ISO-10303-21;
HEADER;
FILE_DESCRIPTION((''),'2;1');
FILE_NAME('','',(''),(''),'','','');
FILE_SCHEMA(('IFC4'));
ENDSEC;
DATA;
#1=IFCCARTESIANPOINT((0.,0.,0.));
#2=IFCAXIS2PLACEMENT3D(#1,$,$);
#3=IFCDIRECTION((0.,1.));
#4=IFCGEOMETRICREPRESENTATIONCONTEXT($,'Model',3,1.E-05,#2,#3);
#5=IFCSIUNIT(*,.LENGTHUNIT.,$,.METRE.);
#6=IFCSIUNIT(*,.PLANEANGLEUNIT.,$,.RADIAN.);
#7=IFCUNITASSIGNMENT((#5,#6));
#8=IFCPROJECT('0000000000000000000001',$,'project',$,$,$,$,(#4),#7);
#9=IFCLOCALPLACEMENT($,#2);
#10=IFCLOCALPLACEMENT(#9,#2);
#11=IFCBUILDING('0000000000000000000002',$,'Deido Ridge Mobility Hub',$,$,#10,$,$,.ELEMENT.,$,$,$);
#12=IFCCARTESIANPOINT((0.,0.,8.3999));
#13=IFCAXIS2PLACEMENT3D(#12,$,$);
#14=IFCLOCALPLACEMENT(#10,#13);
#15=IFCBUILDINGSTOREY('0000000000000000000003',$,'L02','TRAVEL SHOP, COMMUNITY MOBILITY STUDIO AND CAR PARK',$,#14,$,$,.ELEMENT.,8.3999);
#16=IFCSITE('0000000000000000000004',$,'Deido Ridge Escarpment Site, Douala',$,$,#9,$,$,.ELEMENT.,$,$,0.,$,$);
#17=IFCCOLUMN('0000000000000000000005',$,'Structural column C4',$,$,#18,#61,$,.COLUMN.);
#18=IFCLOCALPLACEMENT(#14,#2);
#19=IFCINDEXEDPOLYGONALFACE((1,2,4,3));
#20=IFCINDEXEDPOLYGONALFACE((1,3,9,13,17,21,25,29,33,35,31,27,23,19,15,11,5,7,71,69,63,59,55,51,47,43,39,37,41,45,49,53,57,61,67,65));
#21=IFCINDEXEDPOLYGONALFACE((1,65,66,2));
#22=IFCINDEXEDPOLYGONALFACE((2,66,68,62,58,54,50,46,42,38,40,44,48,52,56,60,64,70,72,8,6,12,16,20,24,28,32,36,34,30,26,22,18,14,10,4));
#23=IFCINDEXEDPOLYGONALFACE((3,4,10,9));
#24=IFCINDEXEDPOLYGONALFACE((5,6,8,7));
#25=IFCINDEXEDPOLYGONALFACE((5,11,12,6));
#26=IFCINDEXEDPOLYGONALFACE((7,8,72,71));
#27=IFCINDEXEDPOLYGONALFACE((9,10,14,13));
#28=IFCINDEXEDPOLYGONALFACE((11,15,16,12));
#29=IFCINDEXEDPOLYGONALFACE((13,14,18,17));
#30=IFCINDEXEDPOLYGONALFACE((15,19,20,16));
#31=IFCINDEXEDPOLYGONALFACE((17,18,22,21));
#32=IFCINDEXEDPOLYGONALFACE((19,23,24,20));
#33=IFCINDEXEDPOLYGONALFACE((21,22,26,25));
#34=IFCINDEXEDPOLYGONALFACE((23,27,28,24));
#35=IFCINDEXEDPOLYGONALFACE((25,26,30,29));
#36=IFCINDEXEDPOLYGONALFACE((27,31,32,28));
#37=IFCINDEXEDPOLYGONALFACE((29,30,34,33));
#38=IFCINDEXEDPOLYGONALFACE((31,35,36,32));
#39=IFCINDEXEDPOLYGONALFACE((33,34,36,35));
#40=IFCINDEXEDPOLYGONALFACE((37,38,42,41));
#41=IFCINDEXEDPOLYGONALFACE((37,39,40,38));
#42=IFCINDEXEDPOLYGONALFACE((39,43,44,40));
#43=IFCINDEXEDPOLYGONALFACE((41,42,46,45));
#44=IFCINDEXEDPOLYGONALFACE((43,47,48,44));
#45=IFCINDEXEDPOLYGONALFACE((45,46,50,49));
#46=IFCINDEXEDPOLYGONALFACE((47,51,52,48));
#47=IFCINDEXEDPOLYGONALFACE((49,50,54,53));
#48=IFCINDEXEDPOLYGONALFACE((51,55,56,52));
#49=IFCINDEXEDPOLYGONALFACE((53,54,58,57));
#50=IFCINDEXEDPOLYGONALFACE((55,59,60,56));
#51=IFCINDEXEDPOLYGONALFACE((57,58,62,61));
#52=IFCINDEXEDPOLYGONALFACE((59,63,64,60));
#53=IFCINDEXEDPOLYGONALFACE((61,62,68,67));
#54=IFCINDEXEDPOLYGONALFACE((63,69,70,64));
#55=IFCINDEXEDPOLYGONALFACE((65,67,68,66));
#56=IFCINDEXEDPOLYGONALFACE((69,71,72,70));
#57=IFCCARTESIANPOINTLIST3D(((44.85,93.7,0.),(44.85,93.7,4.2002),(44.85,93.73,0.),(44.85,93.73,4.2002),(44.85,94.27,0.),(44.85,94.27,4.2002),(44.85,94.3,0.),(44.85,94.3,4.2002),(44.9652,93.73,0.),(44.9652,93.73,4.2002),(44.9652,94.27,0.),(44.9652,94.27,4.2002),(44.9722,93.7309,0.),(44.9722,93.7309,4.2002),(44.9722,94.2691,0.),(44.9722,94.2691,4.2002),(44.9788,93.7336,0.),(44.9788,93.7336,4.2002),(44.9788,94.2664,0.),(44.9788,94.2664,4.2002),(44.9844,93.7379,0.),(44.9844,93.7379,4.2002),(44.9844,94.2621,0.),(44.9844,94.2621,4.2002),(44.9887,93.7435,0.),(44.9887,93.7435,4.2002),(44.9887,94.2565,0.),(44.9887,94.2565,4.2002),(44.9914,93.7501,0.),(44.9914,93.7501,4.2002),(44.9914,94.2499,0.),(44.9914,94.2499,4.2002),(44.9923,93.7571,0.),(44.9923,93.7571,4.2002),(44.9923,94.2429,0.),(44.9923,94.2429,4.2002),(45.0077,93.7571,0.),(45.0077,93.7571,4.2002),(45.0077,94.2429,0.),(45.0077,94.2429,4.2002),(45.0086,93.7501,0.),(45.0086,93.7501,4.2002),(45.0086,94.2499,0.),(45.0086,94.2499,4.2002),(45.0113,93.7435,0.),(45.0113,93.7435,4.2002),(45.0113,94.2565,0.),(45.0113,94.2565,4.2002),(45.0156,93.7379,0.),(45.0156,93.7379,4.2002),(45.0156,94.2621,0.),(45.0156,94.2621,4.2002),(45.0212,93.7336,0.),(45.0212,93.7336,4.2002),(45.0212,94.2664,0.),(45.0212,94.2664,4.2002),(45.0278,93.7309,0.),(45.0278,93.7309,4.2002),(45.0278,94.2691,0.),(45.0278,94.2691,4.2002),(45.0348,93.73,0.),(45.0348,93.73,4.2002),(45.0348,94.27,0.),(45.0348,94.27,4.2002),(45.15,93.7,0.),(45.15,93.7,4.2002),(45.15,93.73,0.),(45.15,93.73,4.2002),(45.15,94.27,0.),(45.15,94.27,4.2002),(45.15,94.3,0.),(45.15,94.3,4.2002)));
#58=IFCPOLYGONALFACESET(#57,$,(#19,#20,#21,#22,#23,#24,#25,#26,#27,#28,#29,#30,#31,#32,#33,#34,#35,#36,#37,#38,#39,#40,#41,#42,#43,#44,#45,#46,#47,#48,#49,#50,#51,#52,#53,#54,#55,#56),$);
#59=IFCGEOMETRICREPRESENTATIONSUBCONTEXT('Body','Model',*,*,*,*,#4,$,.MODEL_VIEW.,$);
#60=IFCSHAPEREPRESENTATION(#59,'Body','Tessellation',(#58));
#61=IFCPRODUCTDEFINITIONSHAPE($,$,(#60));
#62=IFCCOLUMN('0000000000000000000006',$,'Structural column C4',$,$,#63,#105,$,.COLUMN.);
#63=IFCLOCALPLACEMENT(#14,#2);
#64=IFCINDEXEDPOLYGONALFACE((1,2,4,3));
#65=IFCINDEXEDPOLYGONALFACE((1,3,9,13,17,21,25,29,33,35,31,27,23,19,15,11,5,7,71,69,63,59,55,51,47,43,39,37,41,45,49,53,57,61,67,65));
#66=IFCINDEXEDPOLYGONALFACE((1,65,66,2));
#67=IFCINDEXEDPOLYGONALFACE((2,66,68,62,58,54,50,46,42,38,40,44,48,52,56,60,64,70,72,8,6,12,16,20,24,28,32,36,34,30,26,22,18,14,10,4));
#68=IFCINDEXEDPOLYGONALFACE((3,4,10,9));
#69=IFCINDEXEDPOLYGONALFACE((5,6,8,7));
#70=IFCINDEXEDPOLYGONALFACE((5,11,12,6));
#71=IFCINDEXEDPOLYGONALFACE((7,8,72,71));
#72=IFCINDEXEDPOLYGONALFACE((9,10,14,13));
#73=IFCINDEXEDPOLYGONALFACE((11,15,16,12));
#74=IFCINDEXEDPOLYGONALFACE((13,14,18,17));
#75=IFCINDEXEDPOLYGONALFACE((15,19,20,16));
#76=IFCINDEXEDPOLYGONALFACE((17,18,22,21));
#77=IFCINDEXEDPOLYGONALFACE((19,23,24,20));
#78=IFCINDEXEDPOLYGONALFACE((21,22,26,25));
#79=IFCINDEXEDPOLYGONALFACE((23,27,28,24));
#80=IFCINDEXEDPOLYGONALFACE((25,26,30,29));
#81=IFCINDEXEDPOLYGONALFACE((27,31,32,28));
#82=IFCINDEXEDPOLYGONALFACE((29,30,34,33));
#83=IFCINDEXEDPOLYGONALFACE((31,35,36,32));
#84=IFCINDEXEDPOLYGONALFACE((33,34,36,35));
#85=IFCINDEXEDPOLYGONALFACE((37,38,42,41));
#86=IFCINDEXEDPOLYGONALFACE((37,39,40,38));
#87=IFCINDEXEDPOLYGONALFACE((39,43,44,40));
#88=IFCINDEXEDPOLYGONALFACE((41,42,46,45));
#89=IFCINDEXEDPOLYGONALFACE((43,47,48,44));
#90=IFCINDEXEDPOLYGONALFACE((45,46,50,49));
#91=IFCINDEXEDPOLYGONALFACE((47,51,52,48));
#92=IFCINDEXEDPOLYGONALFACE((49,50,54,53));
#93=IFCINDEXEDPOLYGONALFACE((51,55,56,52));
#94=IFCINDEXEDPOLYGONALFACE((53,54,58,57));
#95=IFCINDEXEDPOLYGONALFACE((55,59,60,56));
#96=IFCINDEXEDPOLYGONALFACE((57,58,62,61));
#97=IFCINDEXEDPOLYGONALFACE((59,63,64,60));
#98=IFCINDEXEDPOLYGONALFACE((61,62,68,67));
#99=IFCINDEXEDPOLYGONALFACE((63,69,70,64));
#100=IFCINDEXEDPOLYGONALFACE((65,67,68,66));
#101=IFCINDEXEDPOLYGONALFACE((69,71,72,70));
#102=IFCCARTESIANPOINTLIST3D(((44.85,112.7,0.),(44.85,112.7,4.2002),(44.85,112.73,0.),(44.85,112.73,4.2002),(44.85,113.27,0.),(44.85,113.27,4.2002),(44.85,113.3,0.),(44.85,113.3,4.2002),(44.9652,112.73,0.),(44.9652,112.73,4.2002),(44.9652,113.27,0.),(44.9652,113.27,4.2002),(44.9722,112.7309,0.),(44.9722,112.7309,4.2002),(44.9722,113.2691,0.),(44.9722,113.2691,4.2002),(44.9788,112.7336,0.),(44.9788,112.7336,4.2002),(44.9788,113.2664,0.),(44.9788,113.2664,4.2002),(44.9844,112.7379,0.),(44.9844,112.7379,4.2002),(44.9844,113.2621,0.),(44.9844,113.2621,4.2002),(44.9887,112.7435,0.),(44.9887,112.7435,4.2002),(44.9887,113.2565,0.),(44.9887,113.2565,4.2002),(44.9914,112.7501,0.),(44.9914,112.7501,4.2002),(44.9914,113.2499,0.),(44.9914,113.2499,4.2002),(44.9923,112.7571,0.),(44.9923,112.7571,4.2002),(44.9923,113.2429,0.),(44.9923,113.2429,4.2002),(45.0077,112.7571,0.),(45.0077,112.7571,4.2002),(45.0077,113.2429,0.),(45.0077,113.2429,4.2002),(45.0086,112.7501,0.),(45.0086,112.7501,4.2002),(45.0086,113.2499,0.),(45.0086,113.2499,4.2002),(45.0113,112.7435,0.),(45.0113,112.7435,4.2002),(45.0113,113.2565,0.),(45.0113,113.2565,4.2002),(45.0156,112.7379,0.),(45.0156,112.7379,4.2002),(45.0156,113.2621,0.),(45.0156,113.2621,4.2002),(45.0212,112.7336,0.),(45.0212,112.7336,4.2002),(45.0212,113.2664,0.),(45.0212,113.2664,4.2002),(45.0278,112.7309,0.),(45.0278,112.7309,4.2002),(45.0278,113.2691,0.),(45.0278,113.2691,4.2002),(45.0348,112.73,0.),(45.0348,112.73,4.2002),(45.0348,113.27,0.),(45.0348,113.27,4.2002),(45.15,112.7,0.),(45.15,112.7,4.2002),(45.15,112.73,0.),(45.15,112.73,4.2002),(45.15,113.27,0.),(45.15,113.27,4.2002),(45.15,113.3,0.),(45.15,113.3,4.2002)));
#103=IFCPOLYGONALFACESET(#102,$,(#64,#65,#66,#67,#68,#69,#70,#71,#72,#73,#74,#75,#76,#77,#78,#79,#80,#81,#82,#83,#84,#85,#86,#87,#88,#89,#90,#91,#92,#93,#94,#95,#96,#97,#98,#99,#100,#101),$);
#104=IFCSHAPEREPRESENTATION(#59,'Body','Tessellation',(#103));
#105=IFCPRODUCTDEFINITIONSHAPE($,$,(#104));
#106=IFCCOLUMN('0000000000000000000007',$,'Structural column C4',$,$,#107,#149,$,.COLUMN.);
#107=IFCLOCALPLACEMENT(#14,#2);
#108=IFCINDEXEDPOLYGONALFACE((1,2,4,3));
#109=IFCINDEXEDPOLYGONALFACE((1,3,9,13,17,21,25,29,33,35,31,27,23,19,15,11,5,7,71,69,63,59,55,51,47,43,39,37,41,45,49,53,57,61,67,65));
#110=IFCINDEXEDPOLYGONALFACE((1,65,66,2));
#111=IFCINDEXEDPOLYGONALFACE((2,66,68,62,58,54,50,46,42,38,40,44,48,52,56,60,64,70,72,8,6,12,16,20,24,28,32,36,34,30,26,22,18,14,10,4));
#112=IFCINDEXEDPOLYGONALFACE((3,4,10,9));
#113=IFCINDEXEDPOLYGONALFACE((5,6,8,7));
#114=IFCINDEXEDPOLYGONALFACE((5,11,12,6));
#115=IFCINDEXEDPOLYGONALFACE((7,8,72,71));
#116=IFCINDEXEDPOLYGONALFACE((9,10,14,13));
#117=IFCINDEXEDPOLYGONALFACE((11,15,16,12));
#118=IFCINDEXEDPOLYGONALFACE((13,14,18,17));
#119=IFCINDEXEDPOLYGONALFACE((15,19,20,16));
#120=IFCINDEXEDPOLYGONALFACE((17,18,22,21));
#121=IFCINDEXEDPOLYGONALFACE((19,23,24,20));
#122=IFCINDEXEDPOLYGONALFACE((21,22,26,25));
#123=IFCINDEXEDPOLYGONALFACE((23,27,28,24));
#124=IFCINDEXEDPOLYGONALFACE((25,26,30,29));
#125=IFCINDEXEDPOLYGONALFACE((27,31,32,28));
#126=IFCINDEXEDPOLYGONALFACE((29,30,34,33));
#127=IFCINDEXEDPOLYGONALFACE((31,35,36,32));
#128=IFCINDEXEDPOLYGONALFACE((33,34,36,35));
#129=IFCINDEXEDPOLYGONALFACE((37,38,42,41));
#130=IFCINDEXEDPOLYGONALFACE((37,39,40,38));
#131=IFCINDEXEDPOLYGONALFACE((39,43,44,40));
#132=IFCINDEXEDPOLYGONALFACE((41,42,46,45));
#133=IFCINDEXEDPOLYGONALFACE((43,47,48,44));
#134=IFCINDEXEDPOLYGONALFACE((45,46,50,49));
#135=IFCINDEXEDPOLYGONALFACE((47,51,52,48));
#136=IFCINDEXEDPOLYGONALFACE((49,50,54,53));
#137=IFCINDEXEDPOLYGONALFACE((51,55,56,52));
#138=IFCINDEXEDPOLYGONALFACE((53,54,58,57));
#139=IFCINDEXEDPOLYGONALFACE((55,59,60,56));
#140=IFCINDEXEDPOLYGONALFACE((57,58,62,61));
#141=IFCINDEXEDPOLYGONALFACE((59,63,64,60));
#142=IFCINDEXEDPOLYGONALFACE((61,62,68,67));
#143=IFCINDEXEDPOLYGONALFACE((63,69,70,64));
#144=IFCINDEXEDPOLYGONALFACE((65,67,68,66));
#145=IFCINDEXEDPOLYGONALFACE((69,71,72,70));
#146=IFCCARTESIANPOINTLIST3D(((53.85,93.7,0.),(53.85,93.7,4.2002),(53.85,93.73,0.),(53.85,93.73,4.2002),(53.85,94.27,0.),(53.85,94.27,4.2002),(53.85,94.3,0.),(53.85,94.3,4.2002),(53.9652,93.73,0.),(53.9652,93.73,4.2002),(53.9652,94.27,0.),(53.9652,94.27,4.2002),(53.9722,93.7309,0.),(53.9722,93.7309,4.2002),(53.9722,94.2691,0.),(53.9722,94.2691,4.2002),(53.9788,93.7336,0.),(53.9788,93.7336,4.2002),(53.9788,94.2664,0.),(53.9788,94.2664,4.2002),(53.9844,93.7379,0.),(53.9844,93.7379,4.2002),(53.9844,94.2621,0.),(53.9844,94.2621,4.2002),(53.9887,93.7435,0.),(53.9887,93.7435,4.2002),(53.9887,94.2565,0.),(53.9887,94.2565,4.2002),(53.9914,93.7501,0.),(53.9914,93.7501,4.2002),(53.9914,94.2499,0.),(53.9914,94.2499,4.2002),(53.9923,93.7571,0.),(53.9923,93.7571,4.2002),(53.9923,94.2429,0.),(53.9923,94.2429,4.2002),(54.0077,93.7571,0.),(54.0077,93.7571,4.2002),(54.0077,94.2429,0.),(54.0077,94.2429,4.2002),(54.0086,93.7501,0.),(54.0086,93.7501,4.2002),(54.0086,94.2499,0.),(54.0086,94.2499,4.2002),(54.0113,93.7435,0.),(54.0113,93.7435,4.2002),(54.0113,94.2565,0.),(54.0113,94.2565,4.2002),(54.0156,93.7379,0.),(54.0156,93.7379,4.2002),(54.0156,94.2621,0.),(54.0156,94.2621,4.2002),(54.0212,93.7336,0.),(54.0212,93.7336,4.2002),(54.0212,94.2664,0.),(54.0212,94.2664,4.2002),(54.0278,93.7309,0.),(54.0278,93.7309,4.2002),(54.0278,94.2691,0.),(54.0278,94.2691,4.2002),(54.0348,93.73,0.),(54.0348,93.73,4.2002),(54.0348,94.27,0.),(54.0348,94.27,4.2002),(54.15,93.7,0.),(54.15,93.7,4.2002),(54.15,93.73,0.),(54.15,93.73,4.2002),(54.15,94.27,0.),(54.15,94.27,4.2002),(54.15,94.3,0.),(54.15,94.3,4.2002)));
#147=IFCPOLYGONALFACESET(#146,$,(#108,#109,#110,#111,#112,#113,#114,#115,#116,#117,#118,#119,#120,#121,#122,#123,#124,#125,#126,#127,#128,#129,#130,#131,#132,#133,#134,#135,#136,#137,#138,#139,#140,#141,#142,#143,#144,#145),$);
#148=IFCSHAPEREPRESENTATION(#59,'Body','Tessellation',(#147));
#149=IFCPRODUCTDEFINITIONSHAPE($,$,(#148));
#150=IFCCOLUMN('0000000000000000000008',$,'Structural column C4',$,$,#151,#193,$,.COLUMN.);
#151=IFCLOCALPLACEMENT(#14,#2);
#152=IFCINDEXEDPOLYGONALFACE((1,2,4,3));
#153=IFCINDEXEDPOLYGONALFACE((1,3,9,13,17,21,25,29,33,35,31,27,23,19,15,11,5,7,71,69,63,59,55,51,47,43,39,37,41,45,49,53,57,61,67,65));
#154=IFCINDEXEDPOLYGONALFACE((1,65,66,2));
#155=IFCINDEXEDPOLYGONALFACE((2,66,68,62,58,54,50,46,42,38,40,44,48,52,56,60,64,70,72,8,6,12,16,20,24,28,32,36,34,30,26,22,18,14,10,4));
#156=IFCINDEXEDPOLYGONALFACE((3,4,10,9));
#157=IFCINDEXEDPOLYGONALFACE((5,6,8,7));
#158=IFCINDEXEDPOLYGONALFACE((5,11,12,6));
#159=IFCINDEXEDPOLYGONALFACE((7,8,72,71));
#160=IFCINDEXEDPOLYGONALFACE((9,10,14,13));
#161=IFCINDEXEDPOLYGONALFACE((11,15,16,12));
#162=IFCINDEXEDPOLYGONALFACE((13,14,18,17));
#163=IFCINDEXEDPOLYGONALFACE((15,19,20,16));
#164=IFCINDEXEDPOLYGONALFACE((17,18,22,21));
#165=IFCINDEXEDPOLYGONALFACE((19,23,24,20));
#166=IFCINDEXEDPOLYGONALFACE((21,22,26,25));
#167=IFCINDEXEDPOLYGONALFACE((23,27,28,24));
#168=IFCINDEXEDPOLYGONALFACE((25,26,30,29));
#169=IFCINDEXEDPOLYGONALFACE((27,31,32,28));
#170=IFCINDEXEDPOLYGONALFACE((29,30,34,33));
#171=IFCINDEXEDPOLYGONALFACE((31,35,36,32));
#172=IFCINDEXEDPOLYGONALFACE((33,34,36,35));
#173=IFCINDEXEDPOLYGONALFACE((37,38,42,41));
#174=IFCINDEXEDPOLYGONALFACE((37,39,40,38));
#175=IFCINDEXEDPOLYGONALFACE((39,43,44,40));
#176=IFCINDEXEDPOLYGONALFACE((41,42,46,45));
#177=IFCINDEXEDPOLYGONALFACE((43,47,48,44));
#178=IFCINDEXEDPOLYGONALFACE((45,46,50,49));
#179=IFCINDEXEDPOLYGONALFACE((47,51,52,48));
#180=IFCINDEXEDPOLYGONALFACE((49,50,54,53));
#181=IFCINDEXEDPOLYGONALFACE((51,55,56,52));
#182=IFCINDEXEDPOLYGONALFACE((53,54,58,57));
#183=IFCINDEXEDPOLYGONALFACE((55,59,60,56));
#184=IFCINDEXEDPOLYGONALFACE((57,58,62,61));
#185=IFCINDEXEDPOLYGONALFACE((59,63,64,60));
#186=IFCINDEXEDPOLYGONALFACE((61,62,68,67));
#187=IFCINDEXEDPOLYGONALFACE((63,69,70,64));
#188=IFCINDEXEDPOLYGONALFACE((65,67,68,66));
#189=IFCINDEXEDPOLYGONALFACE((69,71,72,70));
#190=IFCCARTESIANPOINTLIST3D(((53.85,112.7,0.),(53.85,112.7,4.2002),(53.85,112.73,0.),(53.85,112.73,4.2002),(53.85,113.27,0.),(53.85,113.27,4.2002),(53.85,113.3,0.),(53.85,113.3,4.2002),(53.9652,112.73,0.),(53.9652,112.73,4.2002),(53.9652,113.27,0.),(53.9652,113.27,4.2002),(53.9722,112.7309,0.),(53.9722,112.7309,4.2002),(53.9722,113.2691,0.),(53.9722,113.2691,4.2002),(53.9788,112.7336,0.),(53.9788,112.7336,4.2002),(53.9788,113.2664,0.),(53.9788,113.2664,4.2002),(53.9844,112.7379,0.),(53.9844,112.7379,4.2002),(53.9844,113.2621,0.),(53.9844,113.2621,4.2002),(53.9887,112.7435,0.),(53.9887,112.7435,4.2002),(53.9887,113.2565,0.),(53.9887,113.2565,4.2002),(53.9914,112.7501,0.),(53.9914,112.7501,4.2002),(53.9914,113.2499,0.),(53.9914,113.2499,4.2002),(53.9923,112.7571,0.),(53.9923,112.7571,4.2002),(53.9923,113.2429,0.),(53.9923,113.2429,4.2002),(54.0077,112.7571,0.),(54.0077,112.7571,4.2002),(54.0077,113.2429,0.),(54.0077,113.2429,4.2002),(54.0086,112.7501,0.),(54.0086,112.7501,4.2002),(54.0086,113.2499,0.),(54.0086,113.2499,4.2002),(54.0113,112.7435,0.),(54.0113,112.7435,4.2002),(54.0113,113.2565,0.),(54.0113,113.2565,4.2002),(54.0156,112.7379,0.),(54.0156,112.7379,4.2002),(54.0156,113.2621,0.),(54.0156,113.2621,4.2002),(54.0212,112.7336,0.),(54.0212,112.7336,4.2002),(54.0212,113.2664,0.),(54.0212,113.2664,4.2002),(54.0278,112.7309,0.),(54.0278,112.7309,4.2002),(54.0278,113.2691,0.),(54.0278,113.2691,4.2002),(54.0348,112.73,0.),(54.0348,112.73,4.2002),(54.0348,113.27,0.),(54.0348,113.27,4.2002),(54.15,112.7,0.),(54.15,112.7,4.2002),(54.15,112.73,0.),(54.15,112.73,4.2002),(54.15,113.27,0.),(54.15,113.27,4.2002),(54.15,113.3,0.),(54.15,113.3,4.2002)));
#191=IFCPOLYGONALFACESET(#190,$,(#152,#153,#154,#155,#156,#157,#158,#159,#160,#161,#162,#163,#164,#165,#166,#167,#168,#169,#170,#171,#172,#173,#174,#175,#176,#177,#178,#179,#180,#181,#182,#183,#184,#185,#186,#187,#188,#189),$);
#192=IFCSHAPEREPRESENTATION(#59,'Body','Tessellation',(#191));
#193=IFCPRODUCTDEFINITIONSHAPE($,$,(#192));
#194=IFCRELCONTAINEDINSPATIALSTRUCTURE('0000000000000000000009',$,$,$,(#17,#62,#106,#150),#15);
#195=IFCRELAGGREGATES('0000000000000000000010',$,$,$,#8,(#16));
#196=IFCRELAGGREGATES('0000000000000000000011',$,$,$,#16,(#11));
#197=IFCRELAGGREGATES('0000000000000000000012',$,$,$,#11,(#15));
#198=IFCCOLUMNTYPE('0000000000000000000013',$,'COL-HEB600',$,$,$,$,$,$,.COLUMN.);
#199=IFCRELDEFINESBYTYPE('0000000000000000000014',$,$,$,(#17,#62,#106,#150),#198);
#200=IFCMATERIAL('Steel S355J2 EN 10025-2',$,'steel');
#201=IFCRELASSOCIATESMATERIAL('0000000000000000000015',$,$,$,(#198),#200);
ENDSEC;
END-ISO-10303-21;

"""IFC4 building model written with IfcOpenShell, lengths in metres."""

from ifc_helpers import new_model, si_unit, direction, frame, origin, origin_2d, place, context, subcontext, project, spatial, i_section, extrude, material, material_profile, profile_set, type_object, element, save


model = new_model("IFC4")

# Units and contexts
model_context = context("Model", 3, precision=1e-05, world=origin(), true_north=direction((0.0, 1.0)))
body_context = subcontext(model_context, "Body", "Model", "MODEL_VIEW")
ifc_project = project(units=[si_unit("LENGTHUNIT", "METRE"), si_unit("PLANEANGLEUNIT", "RADIAN")], contexts=[model_context])

# Site, building, storey
site_placement = place(None, origin())
site = spatial("IfcSite", under=ifc_project, at=site_placement, Name="Deido Ridge Escarpment Site, Douala", CompositionType="ELEMENT", RefElevation=0.0)
building_placement = place(site_placement, origin())
building = spatial("IfcBuilding", under=site, at=building_placement, Name="Deido Ridge Mobility Hub", CompositionType="ELEMENT")
storey_placement = place(building_placement, frame((0.0, 0.0, 8.3999)))
storey = spatial("IfcBuildingStorey", under=building, at=storey_placement, Name="L02", Description="TRAVEL SHOP, COMMUNITY MOBILITY STUDIO AND CAR PARK", CompositionType="ELEMENT", Elevation=8.3999)

# Columns
ifc_material_1 = material(Name="Steel S355J2 EN 10025-2", Category="steel")
ifc_material_profile_1 = material_profile(ifc_material_1, i_section(OverallWidth=0.3, OverallDepth=0.6001, WebThickness=0.0154, FlangeThickness=0.03, FilletRadius=0.0271, at=origin_2d()), Name="HEB 600")
ifc_profile_set_1 = profile_set([ifc_material_profile_1], Name="Steel S355J2 EN 10025-2")
column_type_1 = type_object("IfcColumnType", Name="COL-HEB600", PredefinedType="COLUMN", material=ifc_profile_set_1)
for number, where, z_axis, x_axis, name in (
    (1, (45.0, 94.0, 0.0), (0.0, 0.0, 1.0), (1.0, 0.0, 0.0), "Structural column C4"),
    (2, (45.0, 113.0, 0.0), (0.0, 0.0, 1.0), (1.0, 0.0, 0.0), "Structural column C4"),
    (3, (54.0, 94.0, 0.0), (0.0, 0.0, 1.0), (1.0, 0.0, 0.0), "Structural column C4"),
    (4, (54.0, 113.0, 0.0), (0.0, 0.0, 1.0), (1.0, 0.0, 0.0), "Structural column C4"),
):
    element("IfcColumn", number, at=place(storey_placement, frame(where, z_axis=z_axis, x_axis=x_axis)), inside=storey, type_object=column_type_1, Name=name, PredefinedType="COLUMN", context=body_context, shape_type="SweptSolid", body=[
        extrude(i_section(OverallWidth=0.3, OverallDepth=0.6001, WebThickness=0.0154, FlangeThickness=0.03, FilletRadius=0.0271, at=origin_2d()), origin(), (0.0, 0.0, 1.0), 4.2002),
    ])

save(model, "model.ifc")
